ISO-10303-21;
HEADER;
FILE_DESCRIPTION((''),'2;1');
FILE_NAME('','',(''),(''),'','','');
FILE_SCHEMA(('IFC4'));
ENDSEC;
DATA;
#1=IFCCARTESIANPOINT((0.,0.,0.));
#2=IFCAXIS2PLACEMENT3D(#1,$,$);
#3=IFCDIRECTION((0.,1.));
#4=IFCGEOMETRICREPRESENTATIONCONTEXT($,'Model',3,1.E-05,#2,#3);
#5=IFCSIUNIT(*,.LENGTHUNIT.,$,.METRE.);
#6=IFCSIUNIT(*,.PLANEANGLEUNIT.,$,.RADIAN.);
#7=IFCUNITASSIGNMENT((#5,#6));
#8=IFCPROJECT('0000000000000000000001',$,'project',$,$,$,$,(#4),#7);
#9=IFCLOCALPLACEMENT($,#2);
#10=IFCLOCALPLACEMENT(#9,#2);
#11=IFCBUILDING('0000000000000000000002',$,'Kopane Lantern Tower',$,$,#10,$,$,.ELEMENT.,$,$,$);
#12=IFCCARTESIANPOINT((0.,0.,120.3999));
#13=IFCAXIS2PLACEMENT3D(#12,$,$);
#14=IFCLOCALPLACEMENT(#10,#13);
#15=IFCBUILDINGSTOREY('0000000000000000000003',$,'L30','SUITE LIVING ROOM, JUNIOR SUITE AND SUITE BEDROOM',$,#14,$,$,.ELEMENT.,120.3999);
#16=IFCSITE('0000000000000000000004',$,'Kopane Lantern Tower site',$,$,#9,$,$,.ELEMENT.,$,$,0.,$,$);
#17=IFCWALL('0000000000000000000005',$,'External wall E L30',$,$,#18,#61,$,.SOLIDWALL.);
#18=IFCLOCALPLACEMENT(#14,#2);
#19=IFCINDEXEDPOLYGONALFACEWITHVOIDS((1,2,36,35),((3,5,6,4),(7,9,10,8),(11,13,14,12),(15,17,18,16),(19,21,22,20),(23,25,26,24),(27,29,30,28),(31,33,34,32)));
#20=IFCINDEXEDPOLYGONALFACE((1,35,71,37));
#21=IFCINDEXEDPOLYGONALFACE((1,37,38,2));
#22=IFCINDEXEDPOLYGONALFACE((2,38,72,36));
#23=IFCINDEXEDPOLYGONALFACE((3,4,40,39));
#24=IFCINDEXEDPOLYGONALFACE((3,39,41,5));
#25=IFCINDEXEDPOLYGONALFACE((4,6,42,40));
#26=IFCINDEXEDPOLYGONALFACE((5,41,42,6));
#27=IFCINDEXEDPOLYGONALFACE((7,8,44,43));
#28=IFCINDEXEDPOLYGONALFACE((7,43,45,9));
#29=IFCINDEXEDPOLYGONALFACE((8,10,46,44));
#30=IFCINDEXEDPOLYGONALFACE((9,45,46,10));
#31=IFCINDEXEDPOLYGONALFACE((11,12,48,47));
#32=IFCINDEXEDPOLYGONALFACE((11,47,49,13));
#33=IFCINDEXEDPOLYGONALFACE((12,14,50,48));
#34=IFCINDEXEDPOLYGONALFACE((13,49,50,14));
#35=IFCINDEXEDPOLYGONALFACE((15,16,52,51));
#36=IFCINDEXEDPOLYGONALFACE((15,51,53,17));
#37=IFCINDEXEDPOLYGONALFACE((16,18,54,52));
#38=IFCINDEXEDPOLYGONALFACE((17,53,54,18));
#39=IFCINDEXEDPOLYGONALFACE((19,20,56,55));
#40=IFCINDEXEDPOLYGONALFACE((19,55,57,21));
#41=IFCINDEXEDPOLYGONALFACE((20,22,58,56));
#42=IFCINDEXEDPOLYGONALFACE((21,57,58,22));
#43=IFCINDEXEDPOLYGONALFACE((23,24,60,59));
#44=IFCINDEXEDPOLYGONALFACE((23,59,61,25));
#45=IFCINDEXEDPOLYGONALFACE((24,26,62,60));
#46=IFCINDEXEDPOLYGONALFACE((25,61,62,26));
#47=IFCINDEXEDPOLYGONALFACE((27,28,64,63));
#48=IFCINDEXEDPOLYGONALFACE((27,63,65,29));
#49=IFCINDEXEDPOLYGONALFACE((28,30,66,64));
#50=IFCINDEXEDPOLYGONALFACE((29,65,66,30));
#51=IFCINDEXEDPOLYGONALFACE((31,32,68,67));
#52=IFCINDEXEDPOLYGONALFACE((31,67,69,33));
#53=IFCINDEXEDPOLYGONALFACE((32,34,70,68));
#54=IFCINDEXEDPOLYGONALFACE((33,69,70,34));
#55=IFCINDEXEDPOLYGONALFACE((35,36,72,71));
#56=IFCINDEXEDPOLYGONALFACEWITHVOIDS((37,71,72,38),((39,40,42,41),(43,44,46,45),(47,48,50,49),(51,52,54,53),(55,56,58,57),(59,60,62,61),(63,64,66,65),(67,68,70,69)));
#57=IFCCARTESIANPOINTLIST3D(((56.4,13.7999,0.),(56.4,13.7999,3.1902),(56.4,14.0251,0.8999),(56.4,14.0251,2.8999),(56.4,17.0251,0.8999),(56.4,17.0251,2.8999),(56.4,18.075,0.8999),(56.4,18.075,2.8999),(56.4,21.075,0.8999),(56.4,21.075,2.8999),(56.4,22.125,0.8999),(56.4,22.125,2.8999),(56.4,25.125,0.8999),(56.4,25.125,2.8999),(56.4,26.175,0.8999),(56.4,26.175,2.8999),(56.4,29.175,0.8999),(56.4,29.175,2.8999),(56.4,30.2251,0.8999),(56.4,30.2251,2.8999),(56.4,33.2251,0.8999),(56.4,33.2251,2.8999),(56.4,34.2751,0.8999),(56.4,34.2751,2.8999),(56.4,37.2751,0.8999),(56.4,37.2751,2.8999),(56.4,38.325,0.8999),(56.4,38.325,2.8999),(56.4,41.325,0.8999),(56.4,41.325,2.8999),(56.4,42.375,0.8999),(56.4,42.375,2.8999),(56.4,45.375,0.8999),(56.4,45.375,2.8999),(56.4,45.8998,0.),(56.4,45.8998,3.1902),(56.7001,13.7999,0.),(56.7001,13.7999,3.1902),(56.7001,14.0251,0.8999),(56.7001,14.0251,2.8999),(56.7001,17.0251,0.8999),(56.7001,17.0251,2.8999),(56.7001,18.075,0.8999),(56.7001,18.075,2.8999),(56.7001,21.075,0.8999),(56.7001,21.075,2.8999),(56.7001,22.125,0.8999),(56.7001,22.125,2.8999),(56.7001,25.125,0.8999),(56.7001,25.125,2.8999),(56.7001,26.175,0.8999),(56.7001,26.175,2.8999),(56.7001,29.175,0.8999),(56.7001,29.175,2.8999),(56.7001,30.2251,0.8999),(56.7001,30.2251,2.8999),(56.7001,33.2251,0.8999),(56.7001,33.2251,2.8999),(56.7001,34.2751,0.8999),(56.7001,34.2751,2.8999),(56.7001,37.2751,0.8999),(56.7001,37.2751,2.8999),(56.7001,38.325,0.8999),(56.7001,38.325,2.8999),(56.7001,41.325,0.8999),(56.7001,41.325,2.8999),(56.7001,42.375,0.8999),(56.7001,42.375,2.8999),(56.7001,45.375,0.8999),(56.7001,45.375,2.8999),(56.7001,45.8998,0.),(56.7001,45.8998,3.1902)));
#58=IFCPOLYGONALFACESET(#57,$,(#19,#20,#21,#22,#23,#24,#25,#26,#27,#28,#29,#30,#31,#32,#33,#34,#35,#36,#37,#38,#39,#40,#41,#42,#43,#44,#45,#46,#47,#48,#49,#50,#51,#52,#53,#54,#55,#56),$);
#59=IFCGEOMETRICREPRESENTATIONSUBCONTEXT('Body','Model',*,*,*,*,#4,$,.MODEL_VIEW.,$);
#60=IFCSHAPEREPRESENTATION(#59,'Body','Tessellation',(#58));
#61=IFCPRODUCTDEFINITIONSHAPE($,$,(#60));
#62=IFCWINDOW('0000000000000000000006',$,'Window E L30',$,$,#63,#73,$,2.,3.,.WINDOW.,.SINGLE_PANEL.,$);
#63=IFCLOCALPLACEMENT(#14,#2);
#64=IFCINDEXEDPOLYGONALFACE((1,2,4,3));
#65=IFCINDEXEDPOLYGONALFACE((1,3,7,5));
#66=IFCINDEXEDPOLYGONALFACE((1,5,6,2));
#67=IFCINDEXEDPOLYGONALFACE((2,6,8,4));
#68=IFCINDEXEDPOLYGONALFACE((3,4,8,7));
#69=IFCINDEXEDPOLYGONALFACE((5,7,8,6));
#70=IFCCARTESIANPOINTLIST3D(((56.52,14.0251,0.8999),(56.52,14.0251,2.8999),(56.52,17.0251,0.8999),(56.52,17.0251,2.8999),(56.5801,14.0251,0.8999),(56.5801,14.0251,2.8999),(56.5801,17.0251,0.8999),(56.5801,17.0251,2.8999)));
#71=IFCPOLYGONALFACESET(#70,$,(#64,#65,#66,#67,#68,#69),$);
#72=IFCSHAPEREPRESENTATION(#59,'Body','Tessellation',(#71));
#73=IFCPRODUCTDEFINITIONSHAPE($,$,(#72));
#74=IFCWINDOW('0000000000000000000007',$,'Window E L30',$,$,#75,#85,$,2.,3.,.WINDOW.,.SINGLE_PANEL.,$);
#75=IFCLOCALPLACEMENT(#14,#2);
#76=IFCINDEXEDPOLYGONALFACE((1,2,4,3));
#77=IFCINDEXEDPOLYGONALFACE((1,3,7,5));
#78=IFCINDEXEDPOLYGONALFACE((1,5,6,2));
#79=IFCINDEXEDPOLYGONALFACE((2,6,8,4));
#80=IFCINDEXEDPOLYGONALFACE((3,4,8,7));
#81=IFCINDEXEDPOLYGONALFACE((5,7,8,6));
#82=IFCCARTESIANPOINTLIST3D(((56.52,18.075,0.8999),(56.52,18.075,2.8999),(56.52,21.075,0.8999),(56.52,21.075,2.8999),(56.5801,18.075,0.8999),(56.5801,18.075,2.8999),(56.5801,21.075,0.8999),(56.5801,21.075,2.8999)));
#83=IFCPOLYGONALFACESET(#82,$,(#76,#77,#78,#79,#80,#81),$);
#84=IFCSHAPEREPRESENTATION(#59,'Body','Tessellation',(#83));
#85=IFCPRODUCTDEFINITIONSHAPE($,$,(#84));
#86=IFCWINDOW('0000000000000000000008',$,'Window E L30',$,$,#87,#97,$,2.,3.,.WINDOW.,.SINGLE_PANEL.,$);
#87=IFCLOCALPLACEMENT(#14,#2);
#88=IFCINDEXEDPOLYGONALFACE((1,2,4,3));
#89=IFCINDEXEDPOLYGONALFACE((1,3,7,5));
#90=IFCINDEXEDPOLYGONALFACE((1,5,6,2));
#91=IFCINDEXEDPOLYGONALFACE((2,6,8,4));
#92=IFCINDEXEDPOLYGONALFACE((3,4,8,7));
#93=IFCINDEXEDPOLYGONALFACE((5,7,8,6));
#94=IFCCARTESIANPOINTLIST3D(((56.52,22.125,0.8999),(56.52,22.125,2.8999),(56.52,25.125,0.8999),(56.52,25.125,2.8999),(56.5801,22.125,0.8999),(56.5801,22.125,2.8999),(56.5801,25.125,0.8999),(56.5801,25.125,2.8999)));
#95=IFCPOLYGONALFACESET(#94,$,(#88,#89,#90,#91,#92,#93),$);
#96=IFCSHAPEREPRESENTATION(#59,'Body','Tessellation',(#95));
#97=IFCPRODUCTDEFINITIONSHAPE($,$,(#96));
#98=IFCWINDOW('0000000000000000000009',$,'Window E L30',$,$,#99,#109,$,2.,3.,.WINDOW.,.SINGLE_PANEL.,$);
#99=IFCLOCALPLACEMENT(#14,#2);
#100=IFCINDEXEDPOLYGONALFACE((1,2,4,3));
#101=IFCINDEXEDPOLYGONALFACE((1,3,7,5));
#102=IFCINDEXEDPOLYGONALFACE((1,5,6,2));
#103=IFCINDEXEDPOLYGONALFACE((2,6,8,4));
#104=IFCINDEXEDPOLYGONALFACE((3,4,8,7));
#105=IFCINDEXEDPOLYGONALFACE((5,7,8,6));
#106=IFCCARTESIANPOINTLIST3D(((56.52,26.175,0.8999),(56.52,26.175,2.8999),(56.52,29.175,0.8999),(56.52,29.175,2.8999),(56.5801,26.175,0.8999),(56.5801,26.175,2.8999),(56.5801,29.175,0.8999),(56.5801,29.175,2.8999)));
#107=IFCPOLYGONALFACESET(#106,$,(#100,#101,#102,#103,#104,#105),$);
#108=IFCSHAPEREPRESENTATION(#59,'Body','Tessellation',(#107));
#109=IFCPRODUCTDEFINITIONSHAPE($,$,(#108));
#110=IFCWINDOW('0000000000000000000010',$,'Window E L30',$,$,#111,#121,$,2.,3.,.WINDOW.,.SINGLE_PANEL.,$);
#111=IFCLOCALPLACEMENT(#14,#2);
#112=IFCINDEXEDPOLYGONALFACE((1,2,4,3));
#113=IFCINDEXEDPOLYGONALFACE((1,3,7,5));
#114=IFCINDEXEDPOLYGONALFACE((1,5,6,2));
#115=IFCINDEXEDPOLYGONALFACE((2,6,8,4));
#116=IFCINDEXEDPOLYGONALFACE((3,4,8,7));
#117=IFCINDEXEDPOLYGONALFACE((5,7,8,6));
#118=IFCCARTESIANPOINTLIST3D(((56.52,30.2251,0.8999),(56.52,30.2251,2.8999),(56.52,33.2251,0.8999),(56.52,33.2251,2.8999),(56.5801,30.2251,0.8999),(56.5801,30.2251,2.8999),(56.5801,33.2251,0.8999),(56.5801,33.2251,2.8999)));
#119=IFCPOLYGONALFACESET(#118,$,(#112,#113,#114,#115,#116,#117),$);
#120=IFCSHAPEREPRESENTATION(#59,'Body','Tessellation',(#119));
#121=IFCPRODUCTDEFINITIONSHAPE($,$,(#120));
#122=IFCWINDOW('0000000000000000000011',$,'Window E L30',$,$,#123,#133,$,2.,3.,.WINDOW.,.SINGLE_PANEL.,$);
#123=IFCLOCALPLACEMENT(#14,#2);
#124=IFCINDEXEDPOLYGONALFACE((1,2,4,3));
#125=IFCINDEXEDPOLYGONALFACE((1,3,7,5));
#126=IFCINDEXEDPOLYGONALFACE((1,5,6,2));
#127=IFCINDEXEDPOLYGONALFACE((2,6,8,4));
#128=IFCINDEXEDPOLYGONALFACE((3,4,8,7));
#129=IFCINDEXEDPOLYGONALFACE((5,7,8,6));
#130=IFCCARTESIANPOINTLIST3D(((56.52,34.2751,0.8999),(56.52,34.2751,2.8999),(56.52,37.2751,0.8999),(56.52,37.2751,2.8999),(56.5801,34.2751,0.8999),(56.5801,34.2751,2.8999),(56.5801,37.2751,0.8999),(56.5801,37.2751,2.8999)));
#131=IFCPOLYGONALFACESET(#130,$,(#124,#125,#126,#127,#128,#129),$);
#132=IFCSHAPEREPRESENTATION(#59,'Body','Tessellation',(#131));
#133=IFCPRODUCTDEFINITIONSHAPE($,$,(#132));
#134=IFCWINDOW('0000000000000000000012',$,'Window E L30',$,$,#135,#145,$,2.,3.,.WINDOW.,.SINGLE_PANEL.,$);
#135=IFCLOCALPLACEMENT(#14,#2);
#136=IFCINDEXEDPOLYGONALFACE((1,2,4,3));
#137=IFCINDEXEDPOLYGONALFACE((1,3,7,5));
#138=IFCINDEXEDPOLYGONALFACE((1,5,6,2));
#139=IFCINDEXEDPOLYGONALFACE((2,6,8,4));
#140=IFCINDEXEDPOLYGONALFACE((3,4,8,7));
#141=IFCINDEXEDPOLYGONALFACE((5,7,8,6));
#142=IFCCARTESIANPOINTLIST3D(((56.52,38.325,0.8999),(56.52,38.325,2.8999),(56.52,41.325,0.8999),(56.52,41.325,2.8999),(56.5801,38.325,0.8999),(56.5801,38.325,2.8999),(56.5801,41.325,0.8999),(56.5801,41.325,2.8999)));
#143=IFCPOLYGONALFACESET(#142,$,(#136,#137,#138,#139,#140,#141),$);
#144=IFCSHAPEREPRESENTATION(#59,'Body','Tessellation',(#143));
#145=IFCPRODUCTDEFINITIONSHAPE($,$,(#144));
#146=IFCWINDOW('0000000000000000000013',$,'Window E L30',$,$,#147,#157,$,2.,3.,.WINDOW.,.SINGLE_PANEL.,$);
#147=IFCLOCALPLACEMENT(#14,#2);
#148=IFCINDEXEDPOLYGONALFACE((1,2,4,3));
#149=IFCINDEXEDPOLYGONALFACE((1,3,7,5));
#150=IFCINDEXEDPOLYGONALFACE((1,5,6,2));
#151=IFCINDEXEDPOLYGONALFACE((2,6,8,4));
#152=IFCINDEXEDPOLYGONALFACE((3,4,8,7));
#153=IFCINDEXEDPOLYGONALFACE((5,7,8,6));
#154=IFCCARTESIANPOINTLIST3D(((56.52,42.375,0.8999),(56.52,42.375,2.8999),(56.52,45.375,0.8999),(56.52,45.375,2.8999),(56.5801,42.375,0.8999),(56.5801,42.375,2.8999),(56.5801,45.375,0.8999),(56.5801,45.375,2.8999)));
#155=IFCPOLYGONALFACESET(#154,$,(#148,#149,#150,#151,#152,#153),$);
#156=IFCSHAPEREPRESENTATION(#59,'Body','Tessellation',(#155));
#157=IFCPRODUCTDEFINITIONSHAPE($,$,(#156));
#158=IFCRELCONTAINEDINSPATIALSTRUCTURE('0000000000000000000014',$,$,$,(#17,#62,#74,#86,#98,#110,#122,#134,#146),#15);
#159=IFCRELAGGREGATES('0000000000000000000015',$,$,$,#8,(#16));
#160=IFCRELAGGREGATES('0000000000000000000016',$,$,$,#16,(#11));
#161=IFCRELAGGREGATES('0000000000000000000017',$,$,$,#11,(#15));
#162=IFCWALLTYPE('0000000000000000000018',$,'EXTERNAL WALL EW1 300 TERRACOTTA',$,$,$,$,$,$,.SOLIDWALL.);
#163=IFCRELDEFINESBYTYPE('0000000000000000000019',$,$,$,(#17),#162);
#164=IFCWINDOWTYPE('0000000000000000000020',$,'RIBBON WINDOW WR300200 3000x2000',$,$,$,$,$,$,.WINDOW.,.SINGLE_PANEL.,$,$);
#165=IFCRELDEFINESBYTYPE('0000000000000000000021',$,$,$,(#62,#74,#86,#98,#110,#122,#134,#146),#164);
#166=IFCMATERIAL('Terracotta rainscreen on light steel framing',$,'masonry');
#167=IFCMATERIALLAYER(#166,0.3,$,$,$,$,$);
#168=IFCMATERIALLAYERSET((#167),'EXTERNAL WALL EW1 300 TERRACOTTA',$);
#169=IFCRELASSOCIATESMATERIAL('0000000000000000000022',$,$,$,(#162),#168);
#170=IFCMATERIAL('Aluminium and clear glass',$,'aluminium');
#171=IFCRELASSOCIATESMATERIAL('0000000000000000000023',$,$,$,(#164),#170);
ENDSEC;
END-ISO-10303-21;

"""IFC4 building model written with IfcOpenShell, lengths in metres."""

from ifc_helpers import new_model, si_unit, direction, frame, frame_2d, origin, place, context, subcontext, project, spatial, rectangle, extrude, material, layer, layer_set, type_object, element, fill, save


model = new_model("IFC4")

# Units and contexts
model_context = context("Model", 3, precision=1e-05, world=origin(), true_north=direction((0.0, 1.0)))
body_context = subcontext(model_context, "Body", "Model", "MODEL_VIEW")
ifc_project = project(units=[si_unit("LENGTHUNIT", "METRE"), si_unit("PLANEANGLEUNIT", "RADIAN")], contexts=[model_context])

# Site, building, storey
site_placement = place(None, origin())
site = spatial("IfcSite", under=ifc_project, at=site_placement, Name="Kopane Lantern Tower site", CompositionType="ELEMENT", RefElevation=0.0)
building_placement = place(site_placement, origin())
building = spatial("IfcBuilding", under=site, at=building_placement, Name="Kopane Lantern Tower", CompositionType="ELEMENT")
storey_placement = place(building_placement, frame((0.0, 0.0, 120.3999)))
storey = spatial("IfcBuildingStorey", under=building, at=storey_placement, Name="L30", Description="SUITE LIVING ROOM, JUNIOR SUITE AND SUITE BEDROOM", CompositionType="ELEMENT", Elevation=120.3999)

# Shared definitions
ifc_material_1 = material(Name="Terracotta rainscreen on light steel framing", Category="masonry")
ifc_layer_1 = layer(ifc_material_1, 0.3)
ifc_layer_set_1 = layer_set([ifc_layer_1], Name="EXTERNAL WALL EW1 300 TERRACOTTA")
wall_type_1 = type_object("IfcWallType", Name="EXTERNAL WALL EW1 300 TERRACOTTA", PredefinedType="SOLIDWALL", material=ifc_layer_set_1)

# Wall, openings, windows
wall_1_placement = place(storey_placement, frame((56.55, 13.8, 0.0), z_axis=(0.0, 0.0, 1.0), x_axis=(0.0, 1.0, 0.0)))
wall_1 = element("IfcWall", 1, at=wall_1_placement, inside=storey, type_object=wall_type_1, Name="External wall E L30", PredefinedType="SOLIDWALL", context=body_context, shape_type="SweptSolid", body=[
    extrude(rectangle(XDim=32.0999, YDim=0.3, at=frame_2d((16.0498, 0.0))), origin(), (0.0, 0.0, 1.0), 3.1902),
])
opening_1_placement = place(wall_1_placement, frame((0.2251, 0.0, 0.8999)))
opening_1 = element("IfcOpeningElement", 2, at=opening_1_placement, cuts=wall_1, PredefinedType="OPENING", context=body_context, shape_type="SweptSolid", body=[
    extrude(rectangle(XDim=3.0, YDim=2.0, at=frame_2d((1.5, 1.0))), frame((0.0, 0.1599, 0.0), z_axis=(0.0, -1.0, 0.0), x_axis=(1.0, 0.0, 0.0)), (0.0, 0.0, 1.0), 0.3201),
])
opening_2_placement = place(wall_1_placement, frame((4.2749, 0.0, 0.8999)))
opening_2 = element("IfcOpeningElement", 3, at=opening_2_placement, cuts=wall_1, PredefinedType="OPENING", context=body_context, shape_type="SweptSolid", body=[
    extrude(rectangle(XDim=3.0, YDim=2.0, at=frame_2d((1.5, 1.0))), frame((0.0, 0.1599, 0.0), z_axis=(0.0, -1.0, 0.0), x_axis=(1.0, 0.0, 0.0)), (0.0, 0.0, 1.0), 0.3201),
])
opening_3_placement = place(wall_1_placement, frame((8.325, 0.0, 0.8999)))
opening_3 = element("IfcOpeningElement", 4, at=opening_3_placement, cuts=wall_1, PredefinedType="OPENING", context=body_context, shape_type="SweptSolid", body=[
    extrude(rectangle(XDim=3.0, YDim=2.0, at=frame_2d((1.5, 1.0))), frame((0.0, 0.1599, 0.0), z_axis=(0.0, -1.0, 0.0), x_axis=(1.0, 0.0, 0.0)), (0.0, 0.0, 1.0), 0.3201),
])
opening_4_placement = place(wall_1_placement, frame((12.375, 0.0, 0.8999)))
opening_4 = element("IfcOpeningElement", 5, at=opening_4_placement, cuts=wall_1, PredefinedType="OPENING", context=body_context, shape_type="SweptSolid", body=[
    extrude(rectangle(XDim=3.0, YDim=2.0, at=frame_2d((1.5, 1.0))), frame((0.0, 0.1599, 0.0), z_axis=(0.0, -1.0, 0.0), x_axis=(1.0, 0.0, 0.0)), (0.0, 0.0, 1.0), 0.3201),
])
opening_5_placement = place(wall_1_placement, frame((16.425, 0.0, 0.8999)))
opening_5 = element("IfcOpeningElement", 6, at=opening_5_placement, cuts=wall_1, PredefinedType="OPENING", context=body_context, shape_type="SweptSolid", body=[
    extrude(rectangle(XDim=3.0, YDim=2.0, at=frame_2d((1.5, 1.0))), frame((0.0, 0.1599, 0.0), z_axis=(0.0, -1.0, 0.0), x_axis=(1.0, 0.0, 0.0)), (0.0, 0.0, 1.0), 0.3201),
])
opening_6_placement = place(wall_1_placement, frame((20.4751, 0.0, 0.8999)))
opening_6 = element("IfcOpeningElement", 7, at=opening_6_placement, cuts=wall_1, PredefinedType="OPENING", context=body_context, shape_type="SweptSolid", body=[
    extrude(rectangle(XDim=3.0, YDim=2.0, at=frame_2d((1.5, 1.0))), frame((0.0, 0.1599, 0.0), z_axis=(0.0, -1.0, 0.0), x_axis=(1.0, 0.0, 0.0)), (0.0, 0.0, 1.0), 0.3201),
])
opening_7_placement = place(wall_1_placement, frame((24.5249, 0.0, 0.8999)))
opening_7 = element("IfcOpeningElement", 8, at=opening_7_placement, cuts=wall_1, PredefinedType="OPENING", context=body_context, shape_type="SweptSolid", body=[
    extrude(rectangle(XDim=3.0, YDim=2.0, at=frame_2d((1.5, 1.0))), frame((0.0, 0.1599, 0.0), z_axis=(0.0, -1.0, 0.0), x_axis=(1.0, 0.0, 0.0)), (0.0, 0.0, 1.0), 0.3201),
])
opening_8_placement = place(wall_1_placement, frame((28.575, 0.0, 0.8999)))
opening_8 = element("IfcOpeningElement", 9, at=opening_8_placement, cuts=wall_1, PredefinedType="OPENING", context=body_context, shape_type="SweptSolid", body=[
    extrude(rectangle(XDim=3.0, YDim=2.0, at=frame_2d((1.5, 1.0))), frame((0.0, 0.1599, 0.0), z_axis=(0.0, -1.0, 0.0), x_axis=(1.0, 0.0, 0.0)), (0.0, 0.0, 1.0), 0.3201),
])
ifc_material_2 = material(Name="Aluminium and clear glass", Category="aluminium")
window_type_1 = type_object("IfcWindowType", Name="RIBBON WINDOW WR300200 3000x2000", PartitioningType="SINGLE_PANEL", PredefinedType="WINDOW", material=ifc_material_2)
window_1_placement = place(opening_1_placement, origin())
window_1 = element("IfcWindow", 10, at=window_1_placement, inside=storey, type_object=window_type_1, Name="Window E L30", OverallHeight=2.0, OverallWidth=3.0, PartitioningType="SINGLE_PANEL", PredefinedType="WINDOW", context=body_context, shape_type="SweptSolid", body=[
    extrude(rectangle(XDim=3.0, YDim=2.0, at=frame_2d((1.5, 1.0))), frame((0.0, 0.03, 0.0), z_axis=(0.0, -1.0, 0.0), x_axis=(1.0, 0.0, 0.0)), (0.0, 0.0, 1.0), 0.0601),
])
fill(opening_1, window_1)
window_2_placement = place(opening_2_placement, origin())
window_2 = element("IfcWindow", 11, at=window_2_placement, inside=storey, type_object=window_type_1, Name="Window E L30", OverallHeight=2.0, OverallWidth=3.0, PartitioningType="SINGLE_PANEL", PredefinedType="WINDOW", context=body_context, shape_type="SweptSolid", body=[
    extrude(rectangle(XDim=3.0, YDim=2.0, at=frame_2d((1.5, 1.0))), frame((0.0, 0.03, 0.0), z_axis=(0.0, -1.0, 0.0), x_axis=(1.0, 0.0, 0.0)), (0.0, 0.0, 1.0), 0.0601),
])
fill(opening_2, window_2)
window_3_placement = place(opening_3_placement, origin())
window_3 = element("IfcWindow", 12, at=window_3_placement, inside=storey, type_object=window_type_1, Name="Window E L30", OverallHeight=2.0, OverallWidth=3.0, PartitioningType="SINGLE_PANEL", PredefinedType="WINDOW", context=body_context, shape_type="SweptSolid", body=[
    extrude(rectangle(XDim=3.0, YDim=2.0, at=frame_2d((1.5, 1.0))), frame((0.0, 0.03, 0.0), z_axis=(0.0, -1.0, 0.0), x_axis=(1.0, 0.0, 0.0)), (0.0, 0.0, 1.0), 0.0601),
])
fill(opening_3, window_3)
window_4_placement = place(opening_4_placement, origin())
window_4 = element("IfcWindow", 13, at=window_4_placement, inside=storey, type_object=window_type_1, Name="Window E L30", OverallHeight=2.0, OverallWidth=3.0, PartitioningType="SINGLE_PANEL", PredefinedType="WINDOW", context=body_context, shape_type="SweptSolid", body=[
    extrude(rectangle(XDim=3.0, YDim=2.0, at=frame_2d((1.5, 1.0))), frame((0.0, 0.03, 0.0), z_axis=(0.0, -1.0, 0.0), x_axis=(1.0, 0.0, 0.0)), (0.0, 0.0, 1.0), 0.0601),
])
fill(opening_4, window_4)
window_5_placement = place(opening_5_placement, origin())
window_5 = element("IfcWindow", 14, at=window_5_placement, inside=storey, type_object=window_type_1, Name="Window E L30", OverallHeight=2.0, OverallWidth=3.0, PartitioningType="SINGLE_PANEL", PredefinedType="WINDOW", context=body_context, shape_type="SweptSolid", body=[
    extrude(rectangle(XDim=3.0, YDim=2.0, at=frame_2d((1.5, 1.0))), frame((0.0, 0.03, 0.0), z_axis=(0.0, -1.0, 0.0), x_axis=(1.0, 0.0, 0.0)), (0.0, 0.0, 1.0), 0.0601),
])
fill(opening_5, window_5)
window_6_placement = place(opening_6_placement, origin())
window_6 = element("IfcWindow", 15, at=window_6_placement, inside=storey, type_object=window_type_1, Name="Window E L30", OverallHeight=2.0, OverallWidth=3.0, PartitioningType="SINGLE_PANEL", PredefinedType="WINDOW", context=body_context, shape_type="SweptSolid", body=[
    extrude(rectangle(XDim=3.0, YDim=2.0, at=frame_2d((1.5, 1.0))), frame((0.0, 0.03, 0.0), z_axis=(0.0, -1.0, 0.0), x_axis=(1.0, 0.0, 0.0)), (0.0, 0.0, 1.0), 0.0601),
])
fill(opening_6, window_6)
window_7_placement = place(opening_7_placement, origin())
window_7 = element("IfcWindow", 16, at=window_7_placement, inside=storey, type_object=window_type_1, Name="Window E L30", OverallHeight=2.0, OverallWidth=3.0, PartitioningType="SINGLE_PANEL", PredefinedType="WINDOW", context=body_context, shape_type="SweptSolid", body=[
    extrude(rectangle(XDim=3.0, YDim=2.0, at=frame_2d((1.5, 1.0))), frame((0.0, 0.03, 0.0), z_axis=(0.0, -1.0, 0.0), x_axis=(1.0, 0.0, 0.0)), (0.0, 0.0, 1.0), 0.0601),
])
fill(opening_7, window_7)
window_8_placement = place(opening_8_placement, origin())
window_8 = element("IfcWindow", 17, at=window_8_placement, inside=storey, type_object=window_type_1, Name="Window E L30", OverallHeight=2.0, OverallWidth=3.0, PartitioningType="SINGLE_PANEL", PredefinedType="WINDOW", context=body_context, shape_type="SweptSolid", body=[
    extrude(rectangle(XDim=3.0, YDim=2.0, at=frame_2d((1.5, 1.0))), frame((0.0, 0.03, 0.0), z_axis=(0.0, -1.0, 0.0), x_axis=(1.0, 0.0, 0.0)), (0.0, 0.0, 1.0), 0.0601),
])
fill(opening_8, window_8)

save(model, "model.ifc")
